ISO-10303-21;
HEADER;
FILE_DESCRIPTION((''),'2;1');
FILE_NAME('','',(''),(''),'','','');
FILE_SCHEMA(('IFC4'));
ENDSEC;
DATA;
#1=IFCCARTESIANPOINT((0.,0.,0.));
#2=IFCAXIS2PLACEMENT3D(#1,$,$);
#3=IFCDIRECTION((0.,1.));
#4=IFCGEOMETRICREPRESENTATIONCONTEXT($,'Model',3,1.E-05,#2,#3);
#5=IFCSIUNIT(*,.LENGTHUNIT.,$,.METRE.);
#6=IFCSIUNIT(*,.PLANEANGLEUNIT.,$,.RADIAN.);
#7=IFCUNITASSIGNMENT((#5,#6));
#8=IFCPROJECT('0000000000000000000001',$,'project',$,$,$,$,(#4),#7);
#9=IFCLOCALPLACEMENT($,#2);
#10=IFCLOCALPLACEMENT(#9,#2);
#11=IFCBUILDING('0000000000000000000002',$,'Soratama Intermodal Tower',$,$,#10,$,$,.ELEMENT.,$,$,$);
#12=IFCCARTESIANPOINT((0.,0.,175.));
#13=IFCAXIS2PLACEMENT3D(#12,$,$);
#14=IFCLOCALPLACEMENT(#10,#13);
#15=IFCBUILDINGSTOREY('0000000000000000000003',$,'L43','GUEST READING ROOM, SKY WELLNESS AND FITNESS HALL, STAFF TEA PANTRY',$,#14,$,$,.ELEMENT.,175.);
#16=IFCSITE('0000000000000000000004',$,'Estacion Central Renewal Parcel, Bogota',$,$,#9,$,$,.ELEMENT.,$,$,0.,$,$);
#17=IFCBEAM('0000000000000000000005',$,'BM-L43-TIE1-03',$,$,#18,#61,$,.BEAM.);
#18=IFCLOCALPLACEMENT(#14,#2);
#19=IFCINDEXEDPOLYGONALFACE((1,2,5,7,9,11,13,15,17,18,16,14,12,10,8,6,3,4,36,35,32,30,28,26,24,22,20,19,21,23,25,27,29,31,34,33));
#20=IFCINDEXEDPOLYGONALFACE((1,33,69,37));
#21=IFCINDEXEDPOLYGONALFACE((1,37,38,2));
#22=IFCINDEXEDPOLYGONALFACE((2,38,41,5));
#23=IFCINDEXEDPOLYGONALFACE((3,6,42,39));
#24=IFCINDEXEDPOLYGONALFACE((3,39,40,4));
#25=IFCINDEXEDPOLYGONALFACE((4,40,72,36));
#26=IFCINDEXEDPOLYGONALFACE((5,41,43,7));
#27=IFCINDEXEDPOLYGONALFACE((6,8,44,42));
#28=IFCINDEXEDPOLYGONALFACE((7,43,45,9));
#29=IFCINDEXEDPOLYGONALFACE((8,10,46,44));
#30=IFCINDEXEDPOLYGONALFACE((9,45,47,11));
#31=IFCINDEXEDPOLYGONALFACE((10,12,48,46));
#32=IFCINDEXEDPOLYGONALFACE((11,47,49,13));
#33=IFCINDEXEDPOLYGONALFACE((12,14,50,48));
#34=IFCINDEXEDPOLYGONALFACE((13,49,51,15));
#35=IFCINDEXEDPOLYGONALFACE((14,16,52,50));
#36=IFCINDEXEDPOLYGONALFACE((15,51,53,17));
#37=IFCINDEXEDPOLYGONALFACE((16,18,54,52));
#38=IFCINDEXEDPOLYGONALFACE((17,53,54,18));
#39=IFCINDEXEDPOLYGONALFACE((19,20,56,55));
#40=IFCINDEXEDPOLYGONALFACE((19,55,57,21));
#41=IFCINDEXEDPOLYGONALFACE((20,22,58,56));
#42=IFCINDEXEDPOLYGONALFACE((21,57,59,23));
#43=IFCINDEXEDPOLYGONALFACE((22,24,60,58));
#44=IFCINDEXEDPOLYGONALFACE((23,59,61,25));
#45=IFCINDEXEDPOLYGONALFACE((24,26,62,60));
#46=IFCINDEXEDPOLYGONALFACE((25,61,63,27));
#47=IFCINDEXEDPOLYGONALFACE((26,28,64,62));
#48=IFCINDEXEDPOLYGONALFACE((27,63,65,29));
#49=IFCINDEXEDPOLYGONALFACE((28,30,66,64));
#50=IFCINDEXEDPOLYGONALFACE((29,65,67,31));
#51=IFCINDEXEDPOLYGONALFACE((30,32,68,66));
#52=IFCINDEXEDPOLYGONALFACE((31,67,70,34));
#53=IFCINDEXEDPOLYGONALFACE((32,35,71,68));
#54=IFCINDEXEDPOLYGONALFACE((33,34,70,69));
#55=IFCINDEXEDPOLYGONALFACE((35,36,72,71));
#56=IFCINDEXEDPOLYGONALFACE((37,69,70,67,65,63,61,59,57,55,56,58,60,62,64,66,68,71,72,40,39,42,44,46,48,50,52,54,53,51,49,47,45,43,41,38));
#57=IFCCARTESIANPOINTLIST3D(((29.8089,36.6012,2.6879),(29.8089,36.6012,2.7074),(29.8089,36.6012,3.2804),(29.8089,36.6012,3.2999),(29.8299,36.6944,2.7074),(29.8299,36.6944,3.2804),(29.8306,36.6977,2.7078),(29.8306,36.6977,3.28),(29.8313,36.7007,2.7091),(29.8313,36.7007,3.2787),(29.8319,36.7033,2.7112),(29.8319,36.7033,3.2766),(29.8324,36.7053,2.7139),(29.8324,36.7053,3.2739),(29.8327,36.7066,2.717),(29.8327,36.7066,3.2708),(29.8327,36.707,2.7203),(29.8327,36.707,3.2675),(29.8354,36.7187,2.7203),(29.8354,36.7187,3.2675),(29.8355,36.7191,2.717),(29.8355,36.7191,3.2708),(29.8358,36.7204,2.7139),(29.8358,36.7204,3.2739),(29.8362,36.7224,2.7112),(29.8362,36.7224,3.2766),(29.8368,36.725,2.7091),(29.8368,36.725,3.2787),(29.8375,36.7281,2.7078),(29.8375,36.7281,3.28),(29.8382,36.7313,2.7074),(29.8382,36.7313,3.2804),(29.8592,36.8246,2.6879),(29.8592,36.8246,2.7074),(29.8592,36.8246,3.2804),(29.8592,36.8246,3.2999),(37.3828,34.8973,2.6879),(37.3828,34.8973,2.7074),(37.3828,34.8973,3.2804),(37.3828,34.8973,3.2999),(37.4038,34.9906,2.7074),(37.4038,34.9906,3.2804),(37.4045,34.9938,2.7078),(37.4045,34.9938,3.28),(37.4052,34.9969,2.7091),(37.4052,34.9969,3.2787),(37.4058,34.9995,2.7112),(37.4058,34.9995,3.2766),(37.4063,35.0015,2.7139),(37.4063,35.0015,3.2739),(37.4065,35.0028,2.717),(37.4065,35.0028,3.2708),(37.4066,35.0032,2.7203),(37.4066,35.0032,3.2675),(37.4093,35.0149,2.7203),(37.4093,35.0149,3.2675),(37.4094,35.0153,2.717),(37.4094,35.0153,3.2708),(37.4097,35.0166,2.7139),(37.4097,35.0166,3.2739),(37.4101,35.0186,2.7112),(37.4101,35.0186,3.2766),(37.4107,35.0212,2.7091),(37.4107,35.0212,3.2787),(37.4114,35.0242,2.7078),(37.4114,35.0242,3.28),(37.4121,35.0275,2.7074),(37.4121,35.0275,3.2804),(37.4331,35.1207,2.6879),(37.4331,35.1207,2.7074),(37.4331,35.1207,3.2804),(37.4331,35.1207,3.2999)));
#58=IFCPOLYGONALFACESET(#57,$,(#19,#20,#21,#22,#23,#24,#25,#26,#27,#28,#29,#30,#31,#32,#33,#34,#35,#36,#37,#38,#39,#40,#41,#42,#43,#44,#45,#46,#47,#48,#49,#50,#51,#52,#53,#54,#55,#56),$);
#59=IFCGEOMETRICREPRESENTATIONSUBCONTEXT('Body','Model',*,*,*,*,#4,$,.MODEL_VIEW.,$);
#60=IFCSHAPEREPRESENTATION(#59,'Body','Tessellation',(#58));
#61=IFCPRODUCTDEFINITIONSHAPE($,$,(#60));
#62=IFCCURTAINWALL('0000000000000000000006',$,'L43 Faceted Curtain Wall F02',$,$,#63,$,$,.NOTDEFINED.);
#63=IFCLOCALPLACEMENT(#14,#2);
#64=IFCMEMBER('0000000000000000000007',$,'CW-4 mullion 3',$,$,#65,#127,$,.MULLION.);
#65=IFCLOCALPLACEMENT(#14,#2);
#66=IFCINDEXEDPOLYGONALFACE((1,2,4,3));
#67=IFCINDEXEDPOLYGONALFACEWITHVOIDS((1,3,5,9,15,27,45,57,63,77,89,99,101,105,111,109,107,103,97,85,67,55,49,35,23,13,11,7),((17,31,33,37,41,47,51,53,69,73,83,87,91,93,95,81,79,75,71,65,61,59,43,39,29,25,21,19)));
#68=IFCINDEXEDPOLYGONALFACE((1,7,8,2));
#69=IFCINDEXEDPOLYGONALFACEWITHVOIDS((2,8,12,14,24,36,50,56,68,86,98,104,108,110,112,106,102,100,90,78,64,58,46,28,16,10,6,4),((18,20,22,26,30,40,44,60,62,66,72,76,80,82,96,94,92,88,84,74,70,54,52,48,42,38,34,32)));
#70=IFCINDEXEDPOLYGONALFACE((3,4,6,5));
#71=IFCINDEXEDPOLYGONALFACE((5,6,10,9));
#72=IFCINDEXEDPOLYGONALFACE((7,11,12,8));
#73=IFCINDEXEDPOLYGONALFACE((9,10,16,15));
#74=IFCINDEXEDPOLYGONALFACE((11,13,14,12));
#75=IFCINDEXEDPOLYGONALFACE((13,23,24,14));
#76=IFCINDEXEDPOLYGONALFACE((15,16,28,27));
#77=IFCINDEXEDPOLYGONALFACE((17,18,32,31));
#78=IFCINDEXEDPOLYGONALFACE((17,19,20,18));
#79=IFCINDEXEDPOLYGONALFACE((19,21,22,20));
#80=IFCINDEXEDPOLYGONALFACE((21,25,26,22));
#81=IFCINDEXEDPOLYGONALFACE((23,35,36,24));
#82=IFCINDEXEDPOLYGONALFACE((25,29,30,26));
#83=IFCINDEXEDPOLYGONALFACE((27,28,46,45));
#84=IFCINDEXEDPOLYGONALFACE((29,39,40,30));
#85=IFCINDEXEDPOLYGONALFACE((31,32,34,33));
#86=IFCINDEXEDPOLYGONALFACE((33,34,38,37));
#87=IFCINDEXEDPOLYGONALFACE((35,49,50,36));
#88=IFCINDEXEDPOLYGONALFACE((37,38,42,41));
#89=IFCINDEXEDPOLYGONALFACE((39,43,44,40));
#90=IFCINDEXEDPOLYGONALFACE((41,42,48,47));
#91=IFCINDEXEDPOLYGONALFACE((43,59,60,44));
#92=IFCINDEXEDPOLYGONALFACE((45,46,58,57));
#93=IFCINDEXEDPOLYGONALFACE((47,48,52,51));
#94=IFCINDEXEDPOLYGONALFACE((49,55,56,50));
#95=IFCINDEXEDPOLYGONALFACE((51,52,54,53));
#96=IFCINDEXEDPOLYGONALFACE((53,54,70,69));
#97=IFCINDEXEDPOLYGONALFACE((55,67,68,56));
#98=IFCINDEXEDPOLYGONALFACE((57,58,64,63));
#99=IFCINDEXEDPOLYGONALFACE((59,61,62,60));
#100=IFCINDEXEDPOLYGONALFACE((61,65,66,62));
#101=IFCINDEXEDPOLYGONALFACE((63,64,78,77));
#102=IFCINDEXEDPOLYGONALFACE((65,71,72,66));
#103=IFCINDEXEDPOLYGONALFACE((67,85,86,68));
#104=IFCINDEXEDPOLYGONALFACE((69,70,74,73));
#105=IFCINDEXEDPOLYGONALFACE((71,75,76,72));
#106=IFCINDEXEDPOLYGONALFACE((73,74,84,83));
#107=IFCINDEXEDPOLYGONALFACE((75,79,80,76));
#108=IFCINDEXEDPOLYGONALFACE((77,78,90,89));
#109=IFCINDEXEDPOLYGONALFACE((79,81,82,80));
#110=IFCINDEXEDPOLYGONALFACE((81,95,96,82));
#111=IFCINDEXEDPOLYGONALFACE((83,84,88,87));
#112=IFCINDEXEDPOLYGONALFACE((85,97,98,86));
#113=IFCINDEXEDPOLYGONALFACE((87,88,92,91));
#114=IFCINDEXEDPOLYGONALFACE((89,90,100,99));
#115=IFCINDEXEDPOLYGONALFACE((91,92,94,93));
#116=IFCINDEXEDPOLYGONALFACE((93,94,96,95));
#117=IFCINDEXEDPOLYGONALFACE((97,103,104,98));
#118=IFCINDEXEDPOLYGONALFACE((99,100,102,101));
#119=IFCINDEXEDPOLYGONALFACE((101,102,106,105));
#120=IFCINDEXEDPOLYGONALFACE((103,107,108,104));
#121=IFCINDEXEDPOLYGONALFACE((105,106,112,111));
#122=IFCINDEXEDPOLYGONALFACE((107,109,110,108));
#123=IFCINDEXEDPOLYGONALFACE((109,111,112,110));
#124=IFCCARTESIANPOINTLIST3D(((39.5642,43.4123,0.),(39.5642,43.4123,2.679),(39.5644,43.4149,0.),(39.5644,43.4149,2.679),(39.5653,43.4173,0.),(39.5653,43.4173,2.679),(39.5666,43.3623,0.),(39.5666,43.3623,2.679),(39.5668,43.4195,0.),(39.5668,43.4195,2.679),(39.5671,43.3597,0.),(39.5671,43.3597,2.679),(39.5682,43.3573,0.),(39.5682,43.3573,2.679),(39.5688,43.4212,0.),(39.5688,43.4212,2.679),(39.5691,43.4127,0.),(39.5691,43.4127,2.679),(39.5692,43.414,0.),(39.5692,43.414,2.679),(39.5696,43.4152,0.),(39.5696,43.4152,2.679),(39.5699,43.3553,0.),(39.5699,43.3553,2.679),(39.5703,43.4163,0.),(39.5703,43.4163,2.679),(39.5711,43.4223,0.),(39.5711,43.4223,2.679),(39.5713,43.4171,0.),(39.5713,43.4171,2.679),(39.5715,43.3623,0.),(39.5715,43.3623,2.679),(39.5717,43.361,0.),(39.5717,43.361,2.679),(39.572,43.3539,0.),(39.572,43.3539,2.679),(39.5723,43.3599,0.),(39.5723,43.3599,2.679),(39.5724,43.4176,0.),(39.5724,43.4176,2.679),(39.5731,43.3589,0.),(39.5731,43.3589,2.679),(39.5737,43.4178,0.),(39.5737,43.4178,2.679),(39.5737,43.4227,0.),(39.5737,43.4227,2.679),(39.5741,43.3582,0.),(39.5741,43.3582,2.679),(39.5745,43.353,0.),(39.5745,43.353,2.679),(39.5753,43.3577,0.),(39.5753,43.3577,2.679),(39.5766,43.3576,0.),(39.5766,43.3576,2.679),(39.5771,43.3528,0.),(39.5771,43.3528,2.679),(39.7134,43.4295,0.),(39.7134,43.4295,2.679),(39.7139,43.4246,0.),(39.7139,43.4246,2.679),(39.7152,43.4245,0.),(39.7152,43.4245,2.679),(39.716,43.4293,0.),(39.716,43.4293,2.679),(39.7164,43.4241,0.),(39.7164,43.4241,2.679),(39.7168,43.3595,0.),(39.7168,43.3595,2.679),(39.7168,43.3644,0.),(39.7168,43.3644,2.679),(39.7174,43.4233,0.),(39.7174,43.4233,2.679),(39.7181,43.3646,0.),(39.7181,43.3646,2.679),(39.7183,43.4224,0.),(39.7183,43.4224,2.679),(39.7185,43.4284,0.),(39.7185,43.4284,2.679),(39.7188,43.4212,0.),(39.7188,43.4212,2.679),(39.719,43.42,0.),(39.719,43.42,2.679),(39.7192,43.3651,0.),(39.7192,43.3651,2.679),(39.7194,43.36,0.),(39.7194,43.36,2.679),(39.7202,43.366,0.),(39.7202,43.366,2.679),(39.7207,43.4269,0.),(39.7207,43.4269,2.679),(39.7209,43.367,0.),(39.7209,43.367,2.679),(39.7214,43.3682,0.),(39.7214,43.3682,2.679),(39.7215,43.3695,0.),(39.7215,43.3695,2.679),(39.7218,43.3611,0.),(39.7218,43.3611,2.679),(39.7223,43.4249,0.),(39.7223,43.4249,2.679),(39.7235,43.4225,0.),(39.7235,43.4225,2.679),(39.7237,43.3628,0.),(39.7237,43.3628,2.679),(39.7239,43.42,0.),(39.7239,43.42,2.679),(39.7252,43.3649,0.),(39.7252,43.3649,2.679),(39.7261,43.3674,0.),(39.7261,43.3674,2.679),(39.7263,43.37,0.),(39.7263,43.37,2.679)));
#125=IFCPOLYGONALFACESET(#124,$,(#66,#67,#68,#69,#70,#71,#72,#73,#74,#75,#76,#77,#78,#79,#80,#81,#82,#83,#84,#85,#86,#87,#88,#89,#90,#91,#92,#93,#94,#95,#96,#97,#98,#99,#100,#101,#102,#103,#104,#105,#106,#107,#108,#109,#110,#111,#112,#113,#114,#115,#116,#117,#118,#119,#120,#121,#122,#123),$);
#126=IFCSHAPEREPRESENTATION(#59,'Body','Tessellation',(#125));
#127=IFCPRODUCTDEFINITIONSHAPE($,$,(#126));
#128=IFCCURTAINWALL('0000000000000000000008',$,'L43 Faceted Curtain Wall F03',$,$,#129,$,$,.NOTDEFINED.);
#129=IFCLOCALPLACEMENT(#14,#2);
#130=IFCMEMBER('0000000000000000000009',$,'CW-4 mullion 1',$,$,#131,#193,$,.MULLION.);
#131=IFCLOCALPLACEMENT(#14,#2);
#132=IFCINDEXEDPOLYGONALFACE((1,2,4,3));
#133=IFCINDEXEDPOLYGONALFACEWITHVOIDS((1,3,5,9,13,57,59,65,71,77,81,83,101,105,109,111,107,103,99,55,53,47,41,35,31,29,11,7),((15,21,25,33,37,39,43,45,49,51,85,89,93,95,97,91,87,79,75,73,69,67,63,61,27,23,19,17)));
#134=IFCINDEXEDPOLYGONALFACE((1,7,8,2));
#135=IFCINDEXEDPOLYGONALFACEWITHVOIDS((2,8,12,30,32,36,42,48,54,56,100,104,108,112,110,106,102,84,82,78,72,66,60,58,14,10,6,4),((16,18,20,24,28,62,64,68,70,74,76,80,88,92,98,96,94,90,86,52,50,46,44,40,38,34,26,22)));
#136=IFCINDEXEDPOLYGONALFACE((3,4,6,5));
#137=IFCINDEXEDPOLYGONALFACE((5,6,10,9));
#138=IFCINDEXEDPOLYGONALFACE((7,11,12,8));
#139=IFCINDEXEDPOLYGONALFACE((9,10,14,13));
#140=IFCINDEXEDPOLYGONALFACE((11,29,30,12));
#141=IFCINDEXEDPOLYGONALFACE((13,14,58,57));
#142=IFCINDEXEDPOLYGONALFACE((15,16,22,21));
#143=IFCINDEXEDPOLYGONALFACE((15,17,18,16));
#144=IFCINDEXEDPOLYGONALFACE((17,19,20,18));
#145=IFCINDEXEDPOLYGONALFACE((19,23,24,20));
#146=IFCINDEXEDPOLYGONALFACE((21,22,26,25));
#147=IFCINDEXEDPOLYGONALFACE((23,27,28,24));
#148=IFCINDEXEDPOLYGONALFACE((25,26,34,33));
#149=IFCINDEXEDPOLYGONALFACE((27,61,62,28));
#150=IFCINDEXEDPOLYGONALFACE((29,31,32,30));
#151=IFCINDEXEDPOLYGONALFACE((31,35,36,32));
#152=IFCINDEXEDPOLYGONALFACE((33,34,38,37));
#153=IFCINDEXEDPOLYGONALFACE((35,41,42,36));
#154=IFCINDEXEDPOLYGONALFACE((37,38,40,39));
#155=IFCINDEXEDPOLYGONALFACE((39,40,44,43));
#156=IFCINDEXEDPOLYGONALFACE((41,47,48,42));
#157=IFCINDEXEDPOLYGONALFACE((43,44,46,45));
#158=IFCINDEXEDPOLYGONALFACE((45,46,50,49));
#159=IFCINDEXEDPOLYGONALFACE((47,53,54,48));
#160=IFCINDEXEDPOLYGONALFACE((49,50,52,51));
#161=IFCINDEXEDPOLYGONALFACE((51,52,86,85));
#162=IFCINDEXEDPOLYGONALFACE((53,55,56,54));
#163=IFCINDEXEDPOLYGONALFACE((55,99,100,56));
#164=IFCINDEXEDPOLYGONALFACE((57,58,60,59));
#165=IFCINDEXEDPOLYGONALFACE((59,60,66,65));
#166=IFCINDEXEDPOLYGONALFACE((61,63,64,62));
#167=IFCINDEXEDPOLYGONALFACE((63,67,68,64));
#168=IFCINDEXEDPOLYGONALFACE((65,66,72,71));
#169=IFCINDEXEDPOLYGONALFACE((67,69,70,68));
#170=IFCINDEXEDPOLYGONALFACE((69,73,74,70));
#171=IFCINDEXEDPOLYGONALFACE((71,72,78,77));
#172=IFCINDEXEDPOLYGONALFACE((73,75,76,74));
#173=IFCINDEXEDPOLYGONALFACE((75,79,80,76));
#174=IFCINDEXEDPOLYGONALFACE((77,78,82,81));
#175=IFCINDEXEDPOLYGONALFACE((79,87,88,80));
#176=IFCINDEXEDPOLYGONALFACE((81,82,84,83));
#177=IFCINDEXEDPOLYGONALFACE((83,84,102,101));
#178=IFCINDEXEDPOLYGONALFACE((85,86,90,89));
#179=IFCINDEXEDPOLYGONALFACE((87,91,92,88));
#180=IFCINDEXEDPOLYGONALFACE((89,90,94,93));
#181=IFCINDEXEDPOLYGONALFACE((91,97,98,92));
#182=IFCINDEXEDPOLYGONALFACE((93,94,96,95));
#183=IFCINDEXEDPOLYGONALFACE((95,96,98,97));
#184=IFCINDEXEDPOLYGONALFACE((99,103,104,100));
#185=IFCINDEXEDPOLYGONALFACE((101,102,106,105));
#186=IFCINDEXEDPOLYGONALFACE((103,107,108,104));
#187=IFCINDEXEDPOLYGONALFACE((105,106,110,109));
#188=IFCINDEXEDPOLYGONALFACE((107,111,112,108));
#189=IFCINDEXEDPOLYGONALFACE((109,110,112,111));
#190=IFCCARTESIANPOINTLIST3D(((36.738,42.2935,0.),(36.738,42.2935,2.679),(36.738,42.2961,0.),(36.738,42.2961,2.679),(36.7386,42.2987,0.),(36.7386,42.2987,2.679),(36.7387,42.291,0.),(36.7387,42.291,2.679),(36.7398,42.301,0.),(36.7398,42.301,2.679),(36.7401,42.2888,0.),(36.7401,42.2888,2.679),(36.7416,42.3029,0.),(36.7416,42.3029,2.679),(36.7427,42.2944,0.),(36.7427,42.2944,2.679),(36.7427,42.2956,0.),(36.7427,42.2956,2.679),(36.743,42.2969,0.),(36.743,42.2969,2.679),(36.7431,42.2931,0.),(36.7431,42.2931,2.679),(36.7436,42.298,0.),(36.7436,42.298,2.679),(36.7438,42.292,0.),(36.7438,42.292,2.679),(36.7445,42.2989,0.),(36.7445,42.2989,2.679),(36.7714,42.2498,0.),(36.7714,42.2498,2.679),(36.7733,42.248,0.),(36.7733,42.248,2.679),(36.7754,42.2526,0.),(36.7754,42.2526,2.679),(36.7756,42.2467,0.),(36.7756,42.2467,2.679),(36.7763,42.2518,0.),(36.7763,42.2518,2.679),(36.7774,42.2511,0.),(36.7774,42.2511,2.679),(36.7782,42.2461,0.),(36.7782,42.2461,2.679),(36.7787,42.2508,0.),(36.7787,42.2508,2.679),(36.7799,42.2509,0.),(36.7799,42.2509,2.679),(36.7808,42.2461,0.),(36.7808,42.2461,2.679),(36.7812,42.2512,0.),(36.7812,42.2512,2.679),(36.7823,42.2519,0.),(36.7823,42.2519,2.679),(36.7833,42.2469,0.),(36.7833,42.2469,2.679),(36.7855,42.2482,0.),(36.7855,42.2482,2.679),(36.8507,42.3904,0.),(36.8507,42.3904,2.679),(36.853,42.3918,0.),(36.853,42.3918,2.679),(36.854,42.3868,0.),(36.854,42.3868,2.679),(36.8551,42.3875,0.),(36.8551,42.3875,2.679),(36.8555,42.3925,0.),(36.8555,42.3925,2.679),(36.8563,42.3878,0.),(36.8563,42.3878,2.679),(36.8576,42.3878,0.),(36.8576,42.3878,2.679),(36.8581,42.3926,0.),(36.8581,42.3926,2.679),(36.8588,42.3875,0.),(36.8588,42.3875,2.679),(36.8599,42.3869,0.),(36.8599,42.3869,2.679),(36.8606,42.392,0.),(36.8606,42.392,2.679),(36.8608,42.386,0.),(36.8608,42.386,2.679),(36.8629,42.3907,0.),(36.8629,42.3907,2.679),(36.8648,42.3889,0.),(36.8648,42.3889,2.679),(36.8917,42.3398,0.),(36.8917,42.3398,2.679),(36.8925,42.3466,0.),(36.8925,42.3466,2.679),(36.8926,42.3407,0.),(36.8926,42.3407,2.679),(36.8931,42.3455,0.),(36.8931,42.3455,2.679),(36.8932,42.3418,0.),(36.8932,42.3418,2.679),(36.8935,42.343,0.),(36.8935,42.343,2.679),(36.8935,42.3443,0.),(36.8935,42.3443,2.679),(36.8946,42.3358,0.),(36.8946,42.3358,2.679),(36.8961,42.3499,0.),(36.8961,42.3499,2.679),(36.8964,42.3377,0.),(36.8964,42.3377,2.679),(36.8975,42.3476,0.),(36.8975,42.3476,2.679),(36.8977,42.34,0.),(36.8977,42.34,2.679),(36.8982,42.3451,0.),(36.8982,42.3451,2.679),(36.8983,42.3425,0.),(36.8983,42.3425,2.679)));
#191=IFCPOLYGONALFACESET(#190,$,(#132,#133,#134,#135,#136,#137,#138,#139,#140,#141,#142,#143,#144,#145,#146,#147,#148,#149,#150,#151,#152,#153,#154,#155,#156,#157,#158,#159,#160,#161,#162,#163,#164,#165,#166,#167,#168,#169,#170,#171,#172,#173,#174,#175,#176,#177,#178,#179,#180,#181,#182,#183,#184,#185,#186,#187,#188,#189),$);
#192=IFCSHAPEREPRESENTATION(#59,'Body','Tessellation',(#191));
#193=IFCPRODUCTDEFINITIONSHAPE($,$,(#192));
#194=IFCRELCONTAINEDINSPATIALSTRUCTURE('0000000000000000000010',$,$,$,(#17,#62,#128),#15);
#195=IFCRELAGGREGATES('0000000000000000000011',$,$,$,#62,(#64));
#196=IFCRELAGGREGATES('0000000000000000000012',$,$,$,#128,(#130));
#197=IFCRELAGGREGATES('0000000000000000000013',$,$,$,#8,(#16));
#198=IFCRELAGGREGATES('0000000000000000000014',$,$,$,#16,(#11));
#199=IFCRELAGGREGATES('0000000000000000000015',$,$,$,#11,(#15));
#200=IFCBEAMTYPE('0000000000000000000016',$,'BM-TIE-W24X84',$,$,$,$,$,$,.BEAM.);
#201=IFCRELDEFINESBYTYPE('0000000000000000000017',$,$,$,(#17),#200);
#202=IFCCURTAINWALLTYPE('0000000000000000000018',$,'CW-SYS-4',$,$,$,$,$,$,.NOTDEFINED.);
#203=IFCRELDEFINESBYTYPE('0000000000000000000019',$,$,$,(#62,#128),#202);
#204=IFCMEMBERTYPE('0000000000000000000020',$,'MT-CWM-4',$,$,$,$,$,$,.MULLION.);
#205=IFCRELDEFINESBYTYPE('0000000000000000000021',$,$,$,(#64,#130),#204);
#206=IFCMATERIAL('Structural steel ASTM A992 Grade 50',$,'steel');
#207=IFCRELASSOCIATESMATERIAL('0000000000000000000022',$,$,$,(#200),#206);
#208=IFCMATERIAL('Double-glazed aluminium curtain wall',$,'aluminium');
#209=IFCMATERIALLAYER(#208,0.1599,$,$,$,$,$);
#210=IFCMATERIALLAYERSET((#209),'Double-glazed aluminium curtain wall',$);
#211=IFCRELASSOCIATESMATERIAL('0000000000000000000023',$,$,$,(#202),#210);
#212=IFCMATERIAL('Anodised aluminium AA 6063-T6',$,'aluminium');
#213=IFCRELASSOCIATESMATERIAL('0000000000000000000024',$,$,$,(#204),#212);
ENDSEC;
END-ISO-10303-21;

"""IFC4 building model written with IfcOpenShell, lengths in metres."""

from ifc_helpers import new_model, si_unit, direction, frame, origin, origin_2d, place, context, subcontext, project, spatial, hollow_rectangle, i_section, extrude, material, layer, layer_set, material_profile, profile_set, type_object, element, aggregate, save


model = new_model("IFC4")

# Units and contexts
model_context = context("Model", 3, precision=1e-05, world=origin(), true_north=direction((0.0, 1.0)))
body_context = subcontext(model_context, "Body", "Model", "MODEL_VIEW")
ifc_project = project(units=[si_unit("LENGTHUNIT", "METRE"), si_unit("PLANEANGLEUNIT", "RADIAN")], contexts=[model_context])

# Site, building, storey
site_placement = place(None, origin())
site = spatial("IfcSite", under=ifc_project, at=site_placement, Name="Estacion Central Renewal Parcel, Bogota", CompositionType="ELEMENT", RefElevation=0.0)
building_placement = place(site_placement, origin())
building = spatial("IfcBuilding", under=site, at=building_placement, Name="Soratama Intermodal Tower", CompositionType="ELEMENT")
storey_placement = place(building_placement, frame((0.0, 0.0, 175.0)))
storey = spatial("IfcBuildingStorey", under=building, at=storey_placement, Name="L43", Description="GUEST READING ROOM, SKY WELLNESS AND FITNESS HALL, STAFF TEA PANTRY", CompositionType="ELEMENT", Elevation=175.0)

# Beam
ifc_material_1 = material(Name="Structural steel ASTM A992 Grade 50", Category="steel")
ifc_material_profile_1 = material_profile(ifc_material_1, i_section(OverallWidth=0.229, OverallDepth=0.6121, WebThickness=0.012, FlangeThickness=0.0195, FilletRadius=0.0129, at=origin_2d()), Name="W24X84")
ifc_profile_set_1 = profile_set([ifc_material_profile_1], Name="Structural steel ASTM A992 Grade 50")
beam_type_1 = type_object("IfcBeamType", Name="BM-TIE-W24X84", PredefinedType="BEAM", material=ifc_profile_set_1)
beam_1_placement = place(storey_placement, frame((37.408, 35.009, 2.9939), z_axis=(-0.975618, 0.219477, 0.0), x_axis=(-0.219477, -0.975618, 0.0)))
element("IfcBeam", 1, at=beam_1_placement, inside=storey, type_object=beam_type_1, Name="BM-L43-TIE1-03", PredefinedType="BEAM", context=body_context, shape_type="SweptSolid", body=[
    extrude(i_section(OverallWidth=0.229, OverallDepth=0.6121, WebThickness=0.012, FlangeThickness=0.0195, FilletRadius=0.0129, at=origin_2d()), origin(), (0.0, 0.0, 1.0), 7.7632),
])

# Curtain wall, member
ifc_material_2 = material(Name="Double-glazed aluminium curtain wall", Category="aluminium")
ifc_layer_1 = layer(ifc_material_2, 0.1599)
ifc_layer_set_1 = layer_set([ifc_layer_1], Name="Double-glazed aluminium curtain wall")
curtain_wall_type = type_object("IfcCurtainWallType", Name="CW-SYS-4", PredefinedType="NOTDEFINED", material=ifc_layer_set_1)
curtain_wall_1_placement = place(storey_placement, origin())
curtain_wall_1 = element("IfcCurtainWall", 2, at=curtain_wall_1_placement, inside=storey, type_object=curtain_wall_type, Name="L43 Faceted Curtain Wall F02", PredefinedType="NOTDEFINED")
ifc_material_3 = material(Name="Anodised aluminium AA 6063-T6", Category="aluminium")
ifc_material_profile_2 = material_profile(ifc_material_3, hollow_rectangle(XDim=0.0701, YDim=0.1599, WallThickness=0.0049, InnerFilletRadius=0.0049, OuterFilletRadius=0.01, at=origin_2d()), Name="CWM160X70X5")
ifc_profile_set_2 = profile_set([ifc_material_profile_2], Name="Anodised aluminium AA 6063-T6")
member_type_1 = type_object("IfcMemberType", Name="MT-CWM-4", PredefinedType="MULLION", material=ifc_profile_set_2)
member_1_placement = place(storey_placement, frame((39.6453, 43.3911, 0.0), z_axis=(0.0, 0.0, 1.0), x_axis=(0.048154, -0.99884, 0.0)))
member_1 = element("IfcMember", 3, at=member_1_placement, type_object=member_type_1, Name="CW-4 mullion 3", PredefinedType="MULLION", context=body_context, shape_type="SweptSolid", body=[
    extrude(hollow_rectangle(XDim=0.0701, YDim=0.1599, WallThickness=0.0049, InnerFilletRadius=0.0049, OuterFilletRadius=0.01, at=origin_2d()), origin(), (0.0, 0.0, 1.0), 2.679),
])
aggregate(curtain_wall_1, [member_1])

# Curtain wall, member
curtain_wall_2_placement = place(storey_placement, origin())
curtain_wall_2 = element("IfcCurtainWall", 4, at=curtain_wall_2_placement, inside=storey, type_object=curtain_wall_type, Name="L43 Faceted Curtain Wall F03", PredefinedType="NOTDEFINED")
member_2_placement = place(storey_placement, frame((36.8181, 42.3193, 0.0), z_axis=(0.0, 0.0, 1.0), x_axis=(0.626057, -0.779778, 0.0)))
member_2 = element("IfcMember", 5, at=member_2_placement, type_object=member_type_1, Name="CW-4 mullion 1", PredefinedType="MULLION", context=body_context, shape_type="SweptSolid", body=[
    extrude(hollow_rectangle(XDim=0.0701, YDim=0.1599, WallThickness=0.0049, InnerFilletRadius=0.0049, OuterFilletRadius=0.01, at=origin_2d()), origin(), (0.0, 0.0, 1.0), 2.679),
])
aggregate(curtain_wall_2, [member_2])

save(model, "model.ifc")
